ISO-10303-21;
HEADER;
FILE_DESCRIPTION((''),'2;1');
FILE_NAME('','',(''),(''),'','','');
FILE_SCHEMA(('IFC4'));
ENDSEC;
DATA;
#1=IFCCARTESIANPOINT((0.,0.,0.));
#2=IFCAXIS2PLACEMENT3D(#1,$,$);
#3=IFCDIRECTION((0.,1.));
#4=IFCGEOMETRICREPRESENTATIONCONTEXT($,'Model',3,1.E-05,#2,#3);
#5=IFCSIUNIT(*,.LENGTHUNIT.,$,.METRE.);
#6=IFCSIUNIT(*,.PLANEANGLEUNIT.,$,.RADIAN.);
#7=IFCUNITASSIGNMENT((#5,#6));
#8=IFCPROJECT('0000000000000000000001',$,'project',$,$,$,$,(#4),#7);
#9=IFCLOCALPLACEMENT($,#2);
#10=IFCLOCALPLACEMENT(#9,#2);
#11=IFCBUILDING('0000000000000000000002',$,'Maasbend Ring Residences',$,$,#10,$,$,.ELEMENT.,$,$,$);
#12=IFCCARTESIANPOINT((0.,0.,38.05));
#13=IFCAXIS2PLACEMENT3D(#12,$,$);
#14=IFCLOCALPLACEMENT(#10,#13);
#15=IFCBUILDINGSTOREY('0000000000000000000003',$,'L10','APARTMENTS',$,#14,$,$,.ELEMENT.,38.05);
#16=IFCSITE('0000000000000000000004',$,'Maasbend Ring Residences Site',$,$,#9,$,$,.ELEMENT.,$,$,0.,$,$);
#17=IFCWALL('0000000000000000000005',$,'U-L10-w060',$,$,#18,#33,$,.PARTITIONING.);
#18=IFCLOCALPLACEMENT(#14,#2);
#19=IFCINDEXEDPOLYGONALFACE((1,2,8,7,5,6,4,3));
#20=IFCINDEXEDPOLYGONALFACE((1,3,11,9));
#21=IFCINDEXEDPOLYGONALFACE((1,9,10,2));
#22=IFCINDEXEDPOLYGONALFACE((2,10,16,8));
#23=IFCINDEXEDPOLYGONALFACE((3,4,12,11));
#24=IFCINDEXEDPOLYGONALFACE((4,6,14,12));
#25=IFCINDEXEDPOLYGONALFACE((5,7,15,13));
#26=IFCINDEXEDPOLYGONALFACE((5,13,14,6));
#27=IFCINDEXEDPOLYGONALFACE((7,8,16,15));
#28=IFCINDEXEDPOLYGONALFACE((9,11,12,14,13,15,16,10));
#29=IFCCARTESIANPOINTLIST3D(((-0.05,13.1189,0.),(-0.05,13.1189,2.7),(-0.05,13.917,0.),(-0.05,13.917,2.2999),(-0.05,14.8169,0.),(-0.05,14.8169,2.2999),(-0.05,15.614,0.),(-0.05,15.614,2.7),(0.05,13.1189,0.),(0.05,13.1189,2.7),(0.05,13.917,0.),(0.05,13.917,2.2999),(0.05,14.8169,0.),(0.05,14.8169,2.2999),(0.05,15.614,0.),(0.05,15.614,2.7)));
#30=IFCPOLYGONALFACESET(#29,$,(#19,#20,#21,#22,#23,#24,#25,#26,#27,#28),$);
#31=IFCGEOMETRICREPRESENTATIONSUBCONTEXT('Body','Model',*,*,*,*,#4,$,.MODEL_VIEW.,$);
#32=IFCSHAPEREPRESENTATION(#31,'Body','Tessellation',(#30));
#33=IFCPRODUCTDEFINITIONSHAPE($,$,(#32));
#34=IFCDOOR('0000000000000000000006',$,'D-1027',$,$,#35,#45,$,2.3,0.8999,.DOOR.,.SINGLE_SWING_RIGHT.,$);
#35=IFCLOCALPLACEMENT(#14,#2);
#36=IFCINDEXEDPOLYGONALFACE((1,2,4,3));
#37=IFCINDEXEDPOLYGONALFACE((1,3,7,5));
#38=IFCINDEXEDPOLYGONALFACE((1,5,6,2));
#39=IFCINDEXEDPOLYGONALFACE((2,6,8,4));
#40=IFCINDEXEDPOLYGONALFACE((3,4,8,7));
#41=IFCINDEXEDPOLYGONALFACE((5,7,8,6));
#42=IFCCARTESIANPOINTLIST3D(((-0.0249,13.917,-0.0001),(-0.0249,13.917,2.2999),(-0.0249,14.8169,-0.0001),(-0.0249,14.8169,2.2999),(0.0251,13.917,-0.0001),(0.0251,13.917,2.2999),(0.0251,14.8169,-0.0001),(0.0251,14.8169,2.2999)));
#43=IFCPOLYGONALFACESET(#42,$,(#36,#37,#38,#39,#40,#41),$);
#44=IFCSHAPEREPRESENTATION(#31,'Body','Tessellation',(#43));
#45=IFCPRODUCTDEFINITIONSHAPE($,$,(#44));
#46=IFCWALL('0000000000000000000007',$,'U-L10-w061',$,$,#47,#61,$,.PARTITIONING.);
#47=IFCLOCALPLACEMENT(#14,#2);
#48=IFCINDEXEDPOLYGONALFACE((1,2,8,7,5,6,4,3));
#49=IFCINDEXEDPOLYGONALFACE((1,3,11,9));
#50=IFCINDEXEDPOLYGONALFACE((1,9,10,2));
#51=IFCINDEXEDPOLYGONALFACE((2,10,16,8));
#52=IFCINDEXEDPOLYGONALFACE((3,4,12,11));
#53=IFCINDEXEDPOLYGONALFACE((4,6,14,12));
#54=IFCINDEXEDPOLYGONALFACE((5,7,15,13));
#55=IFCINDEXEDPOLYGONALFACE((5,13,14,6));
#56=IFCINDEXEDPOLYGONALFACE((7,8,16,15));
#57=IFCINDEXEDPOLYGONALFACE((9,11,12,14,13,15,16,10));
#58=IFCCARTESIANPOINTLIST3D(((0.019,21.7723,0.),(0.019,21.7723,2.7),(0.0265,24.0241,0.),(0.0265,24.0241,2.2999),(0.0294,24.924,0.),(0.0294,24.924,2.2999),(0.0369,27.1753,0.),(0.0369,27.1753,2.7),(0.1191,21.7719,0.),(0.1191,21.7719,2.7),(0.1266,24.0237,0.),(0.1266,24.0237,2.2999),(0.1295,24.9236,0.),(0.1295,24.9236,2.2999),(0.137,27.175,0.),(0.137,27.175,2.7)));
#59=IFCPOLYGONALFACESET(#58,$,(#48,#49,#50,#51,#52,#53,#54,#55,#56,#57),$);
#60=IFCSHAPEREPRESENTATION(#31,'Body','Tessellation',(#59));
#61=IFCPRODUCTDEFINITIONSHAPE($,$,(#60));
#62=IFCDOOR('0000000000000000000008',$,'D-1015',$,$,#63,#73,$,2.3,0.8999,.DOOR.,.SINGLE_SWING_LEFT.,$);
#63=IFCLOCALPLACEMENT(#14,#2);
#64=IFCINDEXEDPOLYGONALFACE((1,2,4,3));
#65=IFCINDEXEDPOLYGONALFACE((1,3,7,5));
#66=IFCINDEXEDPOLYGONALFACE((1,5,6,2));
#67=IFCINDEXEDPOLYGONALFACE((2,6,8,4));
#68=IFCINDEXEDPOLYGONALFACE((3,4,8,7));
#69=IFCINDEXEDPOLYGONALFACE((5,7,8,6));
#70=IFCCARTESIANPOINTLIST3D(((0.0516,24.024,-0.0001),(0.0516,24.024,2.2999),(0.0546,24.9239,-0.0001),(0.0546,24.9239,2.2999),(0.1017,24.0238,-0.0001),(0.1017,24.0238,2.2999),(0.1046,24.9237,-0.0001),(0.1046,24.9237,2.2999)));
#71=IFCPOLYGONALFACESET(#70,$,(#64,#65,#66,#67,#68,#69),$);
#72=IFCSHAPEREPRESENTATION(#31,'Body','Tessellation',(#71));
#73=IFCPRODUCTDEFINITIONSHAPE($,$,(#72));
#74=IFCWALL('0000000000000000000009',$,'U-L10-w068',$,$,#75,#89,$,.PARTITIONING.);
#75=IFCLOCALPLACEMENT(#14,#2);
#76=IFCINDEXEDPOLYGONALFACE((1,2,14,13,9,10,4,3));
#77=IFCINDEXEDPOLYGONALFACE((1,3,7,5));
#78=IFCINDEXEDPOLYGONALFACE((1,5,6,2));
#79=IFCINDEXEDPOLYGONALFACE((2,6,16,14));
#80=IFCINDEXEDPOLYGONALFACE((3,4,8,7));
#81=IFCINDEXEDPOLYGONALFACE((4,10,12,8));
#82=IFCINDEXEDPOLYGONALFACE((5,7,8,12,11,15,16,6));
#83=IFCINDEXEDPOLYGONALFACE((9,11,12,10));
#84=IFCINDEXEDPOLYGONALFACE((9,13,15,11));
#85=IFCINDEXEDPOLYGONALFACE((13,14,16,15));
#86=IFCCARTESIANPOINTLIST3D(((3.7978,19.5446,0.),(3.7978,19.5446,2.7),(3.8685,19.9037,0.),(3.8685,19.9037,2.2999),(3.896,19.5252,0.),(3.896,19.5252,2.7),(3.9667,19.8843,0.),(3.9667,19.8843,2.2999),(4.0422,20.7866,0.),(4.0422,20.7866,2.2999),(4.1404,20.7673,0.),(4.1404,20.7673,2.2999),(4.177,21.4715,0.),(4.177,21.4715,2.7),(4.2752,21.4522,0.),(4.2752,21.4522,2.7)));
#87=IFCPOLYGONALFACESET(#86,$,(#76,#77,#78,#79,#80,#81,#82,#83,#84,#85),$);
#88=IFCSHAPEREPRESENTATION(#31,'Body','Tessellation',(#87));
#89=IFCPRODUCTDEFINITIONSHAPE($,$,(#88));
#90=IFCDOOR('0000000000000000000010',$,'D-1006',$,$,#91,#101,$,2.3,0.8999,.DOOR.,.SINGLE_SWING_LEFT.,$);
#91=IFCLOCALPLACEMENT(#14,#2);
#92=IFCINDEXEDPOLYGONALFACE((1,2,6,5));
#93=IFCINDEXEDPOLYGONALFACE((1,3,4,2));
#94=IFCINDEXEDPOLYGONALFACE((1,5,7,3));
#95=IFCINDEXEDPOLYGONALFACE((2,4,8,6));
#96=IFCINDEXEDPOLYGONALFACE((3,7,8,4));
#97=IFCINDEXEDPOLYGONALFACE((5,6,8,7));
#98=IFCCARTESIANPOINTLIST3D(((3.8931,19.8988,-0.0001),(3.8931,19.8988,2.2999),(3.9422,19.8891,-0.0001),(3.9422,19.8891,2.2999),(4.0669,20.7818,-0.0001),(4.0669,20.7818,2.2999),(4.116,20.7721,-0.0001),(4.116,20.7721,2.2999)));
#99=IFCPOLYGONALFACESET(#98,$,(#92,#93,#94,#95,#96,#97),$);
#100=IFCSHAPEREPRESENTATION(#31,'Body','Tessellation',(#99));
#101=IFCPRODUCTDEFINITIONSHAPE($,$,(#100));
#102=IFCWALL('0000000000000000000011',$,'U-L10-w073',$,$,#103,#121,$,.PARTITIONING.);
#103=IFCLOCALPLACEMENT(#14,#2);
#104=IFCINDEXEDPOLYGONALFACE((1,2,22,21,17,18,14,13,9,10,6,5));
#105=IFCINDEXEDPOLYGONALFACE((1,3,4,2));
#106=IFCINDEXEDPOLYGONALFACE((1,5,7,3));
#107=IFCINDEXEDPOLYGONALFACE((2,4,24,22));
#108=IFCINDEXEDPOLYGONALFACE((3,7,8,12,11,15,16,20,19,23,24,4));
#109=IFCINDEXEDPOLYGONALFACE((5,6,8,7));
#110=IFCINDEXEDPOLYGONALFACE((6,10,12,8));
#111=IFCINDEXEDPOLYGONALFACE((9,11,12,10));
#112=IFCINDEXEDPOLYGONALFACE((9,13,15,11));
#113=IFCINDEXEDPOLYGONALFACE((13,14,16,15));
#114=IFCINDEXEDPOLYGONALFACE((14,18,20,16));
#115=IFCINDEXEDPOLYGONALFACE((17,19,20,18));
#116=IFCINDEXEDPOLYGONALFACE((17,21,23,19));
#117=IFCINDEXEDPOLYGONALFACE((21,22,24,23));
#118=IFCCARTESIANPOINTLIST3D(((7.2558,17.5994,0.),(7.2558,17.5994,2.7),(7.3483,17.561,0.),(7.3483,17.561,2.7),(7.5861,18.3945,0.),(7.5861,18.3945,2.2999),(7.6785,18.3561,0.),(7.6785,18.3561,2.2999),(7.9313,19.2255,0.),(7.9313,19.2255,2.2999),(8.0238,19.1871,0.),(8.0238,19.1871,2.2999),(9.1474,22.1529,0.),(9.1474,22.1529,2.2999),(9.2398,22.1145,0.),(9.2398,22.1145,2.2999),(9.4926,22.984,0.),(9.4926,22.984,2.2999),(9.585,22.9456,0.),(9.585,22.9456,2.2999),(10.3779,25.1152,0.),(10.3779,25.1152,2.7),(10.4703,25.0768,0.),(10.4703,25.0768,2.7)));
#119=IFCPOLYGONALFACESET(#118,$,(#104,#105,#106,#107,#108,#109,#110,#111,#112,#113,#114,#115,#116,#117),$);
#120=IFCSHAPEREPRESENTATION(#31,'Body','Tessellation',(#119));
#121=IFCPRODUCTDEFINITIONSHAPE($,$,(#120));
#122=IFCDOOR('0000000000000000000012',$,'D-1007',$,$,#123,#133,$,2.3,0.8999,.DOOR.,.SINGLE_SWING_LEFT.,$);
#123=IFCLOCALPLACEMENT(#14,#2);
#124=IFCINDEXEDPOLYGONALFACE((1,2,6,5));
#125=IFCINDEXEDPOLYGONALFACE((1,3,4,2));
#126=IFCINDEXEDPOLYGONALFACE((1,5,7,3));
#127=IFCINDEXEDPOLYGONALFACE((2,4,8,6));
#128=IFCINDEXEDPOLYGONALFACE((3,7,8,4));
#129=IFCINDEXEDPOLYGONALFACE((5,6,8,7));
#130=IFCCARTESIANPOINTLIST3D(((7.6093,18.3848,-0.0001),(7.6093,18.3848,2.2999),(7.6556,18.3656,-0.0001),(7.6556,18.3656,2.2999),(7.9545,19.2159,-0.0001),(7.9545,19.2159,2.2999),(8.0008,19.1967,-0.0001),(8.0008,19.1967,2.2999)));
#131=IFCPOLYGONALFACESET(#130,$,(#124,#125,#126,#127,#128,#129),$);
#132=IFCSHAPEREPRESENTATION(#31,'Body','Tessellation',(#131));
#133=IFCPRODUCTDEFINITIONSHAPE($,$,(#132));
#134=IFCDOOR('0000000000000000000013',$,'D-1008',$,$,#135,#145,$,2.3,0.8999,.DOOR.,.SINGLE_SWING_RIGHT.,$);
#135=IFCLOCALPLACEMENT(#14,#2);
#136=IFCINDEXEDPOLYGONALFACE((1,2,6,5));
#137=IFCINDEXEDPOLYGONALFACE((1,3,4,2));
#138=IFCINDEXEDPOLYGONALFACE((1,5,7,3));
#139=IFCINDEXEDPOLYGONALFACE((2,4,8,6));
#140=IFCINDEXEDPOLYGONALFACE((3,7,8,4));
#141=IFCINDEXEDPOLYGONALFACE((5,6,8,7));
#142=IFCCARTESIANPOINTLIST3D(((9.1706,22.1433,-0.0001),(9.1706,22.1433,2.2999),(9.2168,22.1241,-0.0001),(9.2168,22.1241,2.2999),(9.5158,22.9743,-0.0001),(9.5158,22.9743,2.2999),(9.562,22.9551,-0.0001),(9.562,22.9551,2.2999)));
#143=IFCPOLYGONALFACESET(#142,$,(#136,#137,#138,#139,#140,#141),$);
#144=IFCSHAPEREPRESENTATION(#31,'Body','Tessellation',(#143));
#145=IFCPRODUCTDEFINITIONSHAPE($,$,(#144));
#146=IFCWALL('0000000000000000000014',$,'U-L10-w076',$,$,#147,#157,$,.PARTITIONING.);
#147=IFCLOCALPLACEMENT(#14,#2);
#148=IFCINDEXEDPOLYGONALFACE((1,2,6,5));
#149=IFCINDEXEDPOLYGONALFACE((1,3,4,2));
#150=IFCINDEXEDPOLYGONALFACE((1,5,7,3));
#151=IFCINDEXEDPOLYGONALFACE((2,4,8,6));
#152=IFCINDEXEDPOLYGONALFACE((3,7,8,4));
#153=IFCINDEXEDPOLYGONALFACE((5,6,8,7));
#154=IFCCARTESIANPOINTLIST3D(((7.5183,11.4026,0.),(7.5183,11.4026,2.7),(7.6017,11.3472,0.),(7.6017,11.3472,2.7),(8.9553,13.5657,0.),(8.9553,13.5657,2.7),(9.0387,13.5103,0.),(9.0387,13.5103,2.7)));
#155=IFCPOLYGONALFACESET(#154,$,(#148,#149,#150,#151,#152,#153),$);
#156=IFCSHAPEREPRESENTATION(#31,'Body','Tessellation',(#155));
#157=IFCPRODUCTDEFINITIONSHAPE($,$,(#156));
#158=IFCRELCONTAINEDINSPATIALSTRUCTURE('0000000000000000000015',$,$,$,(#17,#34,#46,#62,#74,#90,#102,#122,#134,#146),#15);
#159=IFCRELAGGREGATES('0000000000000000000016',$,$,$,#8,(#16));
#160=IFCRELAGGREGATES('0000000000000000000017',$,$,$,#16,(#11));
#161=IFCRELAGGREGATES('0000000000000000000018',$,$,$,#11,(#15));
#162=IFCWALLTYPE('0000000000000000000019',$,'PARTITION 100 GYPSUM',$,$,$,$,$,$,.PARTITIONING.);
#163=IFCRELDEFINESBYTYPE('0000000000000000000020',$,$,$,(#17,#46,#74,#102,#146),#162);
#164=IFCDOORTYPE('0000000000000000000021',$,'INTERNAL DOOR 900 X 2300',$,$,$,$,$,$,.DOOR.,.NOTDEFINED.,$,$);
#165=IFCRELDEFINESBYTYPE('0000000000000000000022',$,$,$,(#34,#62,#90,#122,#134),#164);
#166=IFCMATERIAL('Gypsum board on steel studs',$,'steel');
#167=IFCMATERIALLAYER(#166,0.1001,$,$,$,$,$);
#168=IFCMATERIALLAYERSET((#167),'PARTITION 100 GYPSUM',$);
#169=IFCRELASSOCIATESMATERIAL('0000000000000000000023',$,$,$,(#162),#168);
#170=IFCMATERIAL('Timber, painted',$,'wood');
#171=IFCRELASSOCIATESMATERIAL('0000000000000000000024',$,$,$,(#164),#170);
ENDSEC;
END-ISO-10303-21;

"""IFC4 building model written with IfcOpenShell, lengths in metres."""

from ifc_helpers import new_model, si_unit, direction, frame, frame_2d, origin, place, context, subcontext, project, spatial, rectangle, extrude, material, layer, layer_set, type_object, element, fill, save


model = new_model("IFC4")

# Units and contexts
model_context = context("Model", 3, precision=1e-05, world=origin(), true_north=direction((0.0, 1.0)))
body_context = subcontext(model_context, "Body", "Model", "MODEL_VIEW")
ifc_project = project(units=[si_unit("LENGTHUNIT", "METRE"), si_unit("PLANEANGLEUNIT", "RADIAN")], contexts=[model_context])

# Site, building, storey
site_placement = place(None, origin())
site = spatial("IfcSite", under=ifc_project, at=site_placement, Name="Maasbend Ring Residences Site", CompositionType="ELEMENT", RefElevation=0.0)
building_placement = place(site_placement, origin())
building = spatial("IfcBuilding", under=site, at=building_placement, Name="Maasbend Ring Residences", CompositionType="ELEMENT")
storey_placement = place(building_placement, frame((0.0, 0.0, 38.05)))
storey = spatial("IfcBuildingStorey", under=building, at=storey_placement, Name="L10", Description="APARTMENTS", CompositionType="ELEMENT", Elevation=38.05)

# Walls, openings, doors
ifc_material_1 = material(Name="Gypsum board on steel studs", Category="steel")
ifc_layer_1 = layer(ifc_material_1, 0.1001)
ifc_layer_set_1 = layer_set([ifc_layer_1], Name="PARTITION 100 GYPSUM")
wall_type_1 = type_object("IfcWallType", Name="PARTITION 100 GYPSUM", PredefinedType="PARTITIONING", material=ifc_layer_set_1)
wall_1_placement = place(storey_placement, frame((0.0, 13.1189, 0.0), z_axis=(0.0, 0.0, 1.0), x_axis=(0.0, 1.0, 0.0)))
wall_1 = element("IfcWall", 1, at=wall_1_placement, inside=storey, type_object=wall_type_1, Name="U-L10-w060", PredefinedType="PARTITIONING", context=body_context, shape_type="SweptSolid", body=[
    extrude(rectangle(XDim=2.4951, YDim=0.1001, at=frame_2d((1.2476, 0.0))), origin(), (0.0, 0.0, 1.0), 2.7),
])
opening_1_placement = place(wall_1_placement, frame((0.7981, 0.0, 0.0)))
opening_1 = element("IfcOpeningElement", 2, at=opening_1_placement, cuts=wall_1, PredefinedType="OPENING", context=body_context, shape_type="SweptSolid", body=[
    extrude(rectangle(XDim=0.8999, YDim=2.3, at=frame_2d((0.45, 1.1499))), frame((0.0, 0.0601, 0.0), z_axis=(0.0, -1.0, 0.0), x_axis=(1.0, 0.0, 0.0)), (0.0, 0.0, 1.0), 0.1201),
])
ifc_material_2 = material(Name="Timber, painted", Category="wood")
door_type_1 = type_object("IfcDoorType", Name="INTERNAL DOOR 900 X 2300", OperationType="NOTDEFINED", PredefinedType="DOOR", material=ifc_material_2)
door_1_placement = place(opening_1_placement, origin())
door_1 = element("IfcDoor", 3, at=door_1_placement, inside=storey, type_object=door_type_1, Name="D-1027", OperationType="SINGLE_SWING_RIGHT", OverallHeight=2.3, OverallWidth=0.8999, PredefinedType="DOOR", context=body_context, shape_type="SweptSolid", body=[
    extrude(rectangle(XDim=0.8999, YDim=2.3, at=frame_2d((0.45, 1.1499))), frame((0.0, 0.0249, 0.0), z_axis=(0.0, -1.0, 0.0), x_axis=(1.0, 0.0, 0.0)), (0.0, 0.0, 1.0), 0.05),
])
fill(opening_1, door_1)
wall_2_placement = place(storey_placement, frame((0.0691, 21.772, 0.0), z_axis=(0.0, 0.0, 1.0), x_axis=(0.003299, 0.999995, 0.0)))
wall_2 = element("IfcWall", 4, at=wall_2_placement, inside=storey, type_object=wall_type_1, Name="U-L10-w061", PredefinedType="PARTITIONING", context=body_context, shape_type="SweptSolid", body=[
    extrude(rectangle(XDim=5.4031, YDim=0.1001, at=frame_2d((2.7017, 0.0))), origin(), (0.0, 0.0, 1.0), 2.7),
])
opening_2_placement = place(wall_2_placement, frame((2.252, 0.0, 0.0)))
opening_2 = element("IfcOpeningElement", 5, at=opening_2_placement, cuts=wall_2, PredefinedType="OPENING", context=body_context, shape_type="SweptSolid", body=[
    extrude(rectangle(XDim=0.8999, YDim=2.3, at=frame_2d((0.45, 1.1499))), frame((0.0, 0.0601, 0.0), z_axis=(0.0, -1.0, 0.0), x_axis=(1.0, 0.0, 0.0)), (0.0, 0.0, 1.0), 0.1201),
])
door_2_placement = place(opening_2_placement, origin())
door_2 = element("IfcDoor", 6, at=door_2_placement, inside=storey, type_object=door_type_1, Name="D-1015", OperationType="SINGLE_SWING_LEFT", OverallHeight=2.3, OverallWidth=0.8999, PredefinedType="DOOR", context=body_context, shape_type="SweptSolid", body=[
    extrude(rectangle(XDim=0.8999, YDim=2.3, at=frame_2d((0.45, 1.1499))), frame((0.0, 0.0249, 0.0), z_axis=(0.0, -1.0, 0.0), x_axis=(1.0, 0.0, 0.0)), (0.0, 0.0, 1.0), 0.05),
])
fill(opening_2, door_2)
wall_3_placement = place(storey_placement, frame((3.8469, 19.5349, 0.0), z_axis=(0.0, 0.0, 1.0), x_axis=(0.193055, 0.981188, 0.0)))
wall_3 = element("IfcWall", 7, at=wall_3_placement, inside=storey, type_object=wall_type_1, Name="U-L10-w068", PredefinedType="PARTITIONING", context=body_context, shape_type="SweptSolid", body=[
    extrude(rectangle(XDim=1.9639, YDim=0.1001, at=frame_2d((0.9819, 0.0))), origin(), (0.0, 0.0, 1.0), 2.7),
])
opening_3_placement = place(wall_3_placement, frame((0.366, 0.0, 0.0)))
opening_3 = element("IfcOpeningElement", 8, at=opening_3_placement, cuts=wall_3, PredefinedType="OPENING", context=body_context, shape_type="SweptSolid", body=[
    extrude(rectangle(XDim=0.8999, YDim=2.3, at=frame_2d((0.45, 1.1499))), frame((0.0, 0.0601, 0.0), z_axis=(0.0, -1.0, 0.0), x_axis=(1.0, 0.0, 0.0)), (0.0, 0.0, 1.0), 0.1201),
])
door_3_placement = place(opening_3_placement, origin())
door_3 = element("IfcDoor", 9, at=door_3_placement, inside=storey, type_object=door_type_1, Name="D-1006", OperationType="SINGLE_SWING_LEFT", OverallHeight=2.3, OverallWidth=0.8999, PredefinedType="DOOR", context=body_context, shape_type="SweptSolid", body=[
    extrude(rectangle(XDim=0.8999, YDim=2.3, at=frame_2d((0.45, 1.1499))), frame((0.0, 0.0249, 0.0), z_axis=(0.0, -1.0, 0.0), x_axis=(1.0, 0.0, 0.0)), (0.0, 0.0, 1.0), 0.05),
])
fill(opening_3, door_3)

# Wall, openings, doors
wall_4_placement = place(storey_placement, frame((7.302, 17.5801, 0.0), z_axis=(0.0, 0.0, 1.0), x_axis=(0.383616, 0.923493, 0.0)))
wall_4 = element("IfcWall", 10, at=wall_4_placement, inside=storey, type_object=wall_type_1, Name="U-L10-w073", PredefinedType="PARTITIONING", context=body_context, shape_type="SweptSolid", body=[
    extrude(rectangle(XDim=8.1384, YDim=0.1001, at=frame_2d((4.0693, 0.0))), origin(), (0.0, 0.0, 1.0), 2.7),
])
opening_4_placement = place(wall_4_placement, frame((0.8611, 0.0, 0.0)))
opening_4 = element("IfcOpeningElement", 11, at=opening_4_placement, cuts=wall_4, PredefinedType="OPENING", context=body_context, shape_type="SweptSolid", body=[
    extrude(rectangle(XDim=0.8999, YDim=2.3, at=frame_2d((0.45, 1.1499))), frame((0.0, 0.0601, 0.0), z_axis=(0.0, -1.0, 0.0), x_axis=(1.0, 0.0, 0.0)), (0.0, 0.0, 1.0), 0.1201),
])
opening_5_placement = place(wall_4_placement, frame((4.9309, 0.0, 0.0)))
opening_5 = element("IfcOpeningElement", 12, at=opening_5_placement, cuts=wall_4, PredefinedType="OPENING", context=body_context, shape_type="SweptSolid", body=[
    extrude(rectangle(XDim=0.8999, YDim=2.3, at=frame_2d((0.45, 1.1499))), frame((0.0, 0.0601, 0.0), z_axis=(0.0, -1.0, 0.0), x_axis=(1.0, 0.0, 0.0)), (0.0, 0.0, 1.0), 0.1201),
])
door_4_placement = place(opening_4_placement, origin())
door_4 = element("IfcDoor", 13, at=door_4_placement, inside=storey, type_object=door_type_1, Name="D-1007", OperationType="SINGLE_SWING_LEFT", OverallHeight=2.3, OverallWidth=0.8999, PredefinedType="DOOR", context=body_context, shape_type="SweptSolid", body=[
    extrude(rectangle(XDim=0.8999, YDim=2.3, at=frame_2d((0.45, 1.1499))), frame((0.0, 0.0249, 0.0), z_axis=(0.0, -1.0, 0.0), x_axis=(1.0, 0.0, 0.0)), (0.0, 0.0, 1.0), 0.05),
])
fill(opening_4, door_4)
door_5_placement = place(opening_5_placement, origin())
door_5 = element("IfcDoor", 14, at=door_5_placement, inside=storey, type_object=door_type_1, Name="D-1008", OperationType="SINGLE_SWING_RIGHT", OverallHeight=2.3, OverallWidth=0.8999, PredefinedType="DOOR", context=body_context, shape_type="SweptSolid", body=[
    extrude(rectangle(XDim=0.8999, YDim=2.3, at=frame_2d((0.45, 1.1499))), frame((0.0, 0.0249, 0.0), z_axis=(0.0, -1.0, 0.0), x_axis=(1.0, 0.0, 0.0)), (0.0, 0.0, 1.0), 0.05),
])
fill(opening_5, door_5)

# Wall
wall_5_placement = place(storey_placement, frame((7.5601, 11.375, 0.0), z_axis=(0.0, 0.0, 1.0), x_axis=(0.553354, 0.832946, 0.0)))
element("IfcWall", 15, at=wall_5_placement, inside=storey, type_object=wall_type_1, Name="U-L10-w076", PredefinedType="PARTITIONING", context=body_context, shape_type="SweptSolid", body=[
    extrude(rectangle(XDim=2.5969, YDim=0.1001, at=frame_2d((1.2983, 0.0))), origin(), (0.0, 0.0, 1.0), 2.7),
])

save(model, "model.ifc")
